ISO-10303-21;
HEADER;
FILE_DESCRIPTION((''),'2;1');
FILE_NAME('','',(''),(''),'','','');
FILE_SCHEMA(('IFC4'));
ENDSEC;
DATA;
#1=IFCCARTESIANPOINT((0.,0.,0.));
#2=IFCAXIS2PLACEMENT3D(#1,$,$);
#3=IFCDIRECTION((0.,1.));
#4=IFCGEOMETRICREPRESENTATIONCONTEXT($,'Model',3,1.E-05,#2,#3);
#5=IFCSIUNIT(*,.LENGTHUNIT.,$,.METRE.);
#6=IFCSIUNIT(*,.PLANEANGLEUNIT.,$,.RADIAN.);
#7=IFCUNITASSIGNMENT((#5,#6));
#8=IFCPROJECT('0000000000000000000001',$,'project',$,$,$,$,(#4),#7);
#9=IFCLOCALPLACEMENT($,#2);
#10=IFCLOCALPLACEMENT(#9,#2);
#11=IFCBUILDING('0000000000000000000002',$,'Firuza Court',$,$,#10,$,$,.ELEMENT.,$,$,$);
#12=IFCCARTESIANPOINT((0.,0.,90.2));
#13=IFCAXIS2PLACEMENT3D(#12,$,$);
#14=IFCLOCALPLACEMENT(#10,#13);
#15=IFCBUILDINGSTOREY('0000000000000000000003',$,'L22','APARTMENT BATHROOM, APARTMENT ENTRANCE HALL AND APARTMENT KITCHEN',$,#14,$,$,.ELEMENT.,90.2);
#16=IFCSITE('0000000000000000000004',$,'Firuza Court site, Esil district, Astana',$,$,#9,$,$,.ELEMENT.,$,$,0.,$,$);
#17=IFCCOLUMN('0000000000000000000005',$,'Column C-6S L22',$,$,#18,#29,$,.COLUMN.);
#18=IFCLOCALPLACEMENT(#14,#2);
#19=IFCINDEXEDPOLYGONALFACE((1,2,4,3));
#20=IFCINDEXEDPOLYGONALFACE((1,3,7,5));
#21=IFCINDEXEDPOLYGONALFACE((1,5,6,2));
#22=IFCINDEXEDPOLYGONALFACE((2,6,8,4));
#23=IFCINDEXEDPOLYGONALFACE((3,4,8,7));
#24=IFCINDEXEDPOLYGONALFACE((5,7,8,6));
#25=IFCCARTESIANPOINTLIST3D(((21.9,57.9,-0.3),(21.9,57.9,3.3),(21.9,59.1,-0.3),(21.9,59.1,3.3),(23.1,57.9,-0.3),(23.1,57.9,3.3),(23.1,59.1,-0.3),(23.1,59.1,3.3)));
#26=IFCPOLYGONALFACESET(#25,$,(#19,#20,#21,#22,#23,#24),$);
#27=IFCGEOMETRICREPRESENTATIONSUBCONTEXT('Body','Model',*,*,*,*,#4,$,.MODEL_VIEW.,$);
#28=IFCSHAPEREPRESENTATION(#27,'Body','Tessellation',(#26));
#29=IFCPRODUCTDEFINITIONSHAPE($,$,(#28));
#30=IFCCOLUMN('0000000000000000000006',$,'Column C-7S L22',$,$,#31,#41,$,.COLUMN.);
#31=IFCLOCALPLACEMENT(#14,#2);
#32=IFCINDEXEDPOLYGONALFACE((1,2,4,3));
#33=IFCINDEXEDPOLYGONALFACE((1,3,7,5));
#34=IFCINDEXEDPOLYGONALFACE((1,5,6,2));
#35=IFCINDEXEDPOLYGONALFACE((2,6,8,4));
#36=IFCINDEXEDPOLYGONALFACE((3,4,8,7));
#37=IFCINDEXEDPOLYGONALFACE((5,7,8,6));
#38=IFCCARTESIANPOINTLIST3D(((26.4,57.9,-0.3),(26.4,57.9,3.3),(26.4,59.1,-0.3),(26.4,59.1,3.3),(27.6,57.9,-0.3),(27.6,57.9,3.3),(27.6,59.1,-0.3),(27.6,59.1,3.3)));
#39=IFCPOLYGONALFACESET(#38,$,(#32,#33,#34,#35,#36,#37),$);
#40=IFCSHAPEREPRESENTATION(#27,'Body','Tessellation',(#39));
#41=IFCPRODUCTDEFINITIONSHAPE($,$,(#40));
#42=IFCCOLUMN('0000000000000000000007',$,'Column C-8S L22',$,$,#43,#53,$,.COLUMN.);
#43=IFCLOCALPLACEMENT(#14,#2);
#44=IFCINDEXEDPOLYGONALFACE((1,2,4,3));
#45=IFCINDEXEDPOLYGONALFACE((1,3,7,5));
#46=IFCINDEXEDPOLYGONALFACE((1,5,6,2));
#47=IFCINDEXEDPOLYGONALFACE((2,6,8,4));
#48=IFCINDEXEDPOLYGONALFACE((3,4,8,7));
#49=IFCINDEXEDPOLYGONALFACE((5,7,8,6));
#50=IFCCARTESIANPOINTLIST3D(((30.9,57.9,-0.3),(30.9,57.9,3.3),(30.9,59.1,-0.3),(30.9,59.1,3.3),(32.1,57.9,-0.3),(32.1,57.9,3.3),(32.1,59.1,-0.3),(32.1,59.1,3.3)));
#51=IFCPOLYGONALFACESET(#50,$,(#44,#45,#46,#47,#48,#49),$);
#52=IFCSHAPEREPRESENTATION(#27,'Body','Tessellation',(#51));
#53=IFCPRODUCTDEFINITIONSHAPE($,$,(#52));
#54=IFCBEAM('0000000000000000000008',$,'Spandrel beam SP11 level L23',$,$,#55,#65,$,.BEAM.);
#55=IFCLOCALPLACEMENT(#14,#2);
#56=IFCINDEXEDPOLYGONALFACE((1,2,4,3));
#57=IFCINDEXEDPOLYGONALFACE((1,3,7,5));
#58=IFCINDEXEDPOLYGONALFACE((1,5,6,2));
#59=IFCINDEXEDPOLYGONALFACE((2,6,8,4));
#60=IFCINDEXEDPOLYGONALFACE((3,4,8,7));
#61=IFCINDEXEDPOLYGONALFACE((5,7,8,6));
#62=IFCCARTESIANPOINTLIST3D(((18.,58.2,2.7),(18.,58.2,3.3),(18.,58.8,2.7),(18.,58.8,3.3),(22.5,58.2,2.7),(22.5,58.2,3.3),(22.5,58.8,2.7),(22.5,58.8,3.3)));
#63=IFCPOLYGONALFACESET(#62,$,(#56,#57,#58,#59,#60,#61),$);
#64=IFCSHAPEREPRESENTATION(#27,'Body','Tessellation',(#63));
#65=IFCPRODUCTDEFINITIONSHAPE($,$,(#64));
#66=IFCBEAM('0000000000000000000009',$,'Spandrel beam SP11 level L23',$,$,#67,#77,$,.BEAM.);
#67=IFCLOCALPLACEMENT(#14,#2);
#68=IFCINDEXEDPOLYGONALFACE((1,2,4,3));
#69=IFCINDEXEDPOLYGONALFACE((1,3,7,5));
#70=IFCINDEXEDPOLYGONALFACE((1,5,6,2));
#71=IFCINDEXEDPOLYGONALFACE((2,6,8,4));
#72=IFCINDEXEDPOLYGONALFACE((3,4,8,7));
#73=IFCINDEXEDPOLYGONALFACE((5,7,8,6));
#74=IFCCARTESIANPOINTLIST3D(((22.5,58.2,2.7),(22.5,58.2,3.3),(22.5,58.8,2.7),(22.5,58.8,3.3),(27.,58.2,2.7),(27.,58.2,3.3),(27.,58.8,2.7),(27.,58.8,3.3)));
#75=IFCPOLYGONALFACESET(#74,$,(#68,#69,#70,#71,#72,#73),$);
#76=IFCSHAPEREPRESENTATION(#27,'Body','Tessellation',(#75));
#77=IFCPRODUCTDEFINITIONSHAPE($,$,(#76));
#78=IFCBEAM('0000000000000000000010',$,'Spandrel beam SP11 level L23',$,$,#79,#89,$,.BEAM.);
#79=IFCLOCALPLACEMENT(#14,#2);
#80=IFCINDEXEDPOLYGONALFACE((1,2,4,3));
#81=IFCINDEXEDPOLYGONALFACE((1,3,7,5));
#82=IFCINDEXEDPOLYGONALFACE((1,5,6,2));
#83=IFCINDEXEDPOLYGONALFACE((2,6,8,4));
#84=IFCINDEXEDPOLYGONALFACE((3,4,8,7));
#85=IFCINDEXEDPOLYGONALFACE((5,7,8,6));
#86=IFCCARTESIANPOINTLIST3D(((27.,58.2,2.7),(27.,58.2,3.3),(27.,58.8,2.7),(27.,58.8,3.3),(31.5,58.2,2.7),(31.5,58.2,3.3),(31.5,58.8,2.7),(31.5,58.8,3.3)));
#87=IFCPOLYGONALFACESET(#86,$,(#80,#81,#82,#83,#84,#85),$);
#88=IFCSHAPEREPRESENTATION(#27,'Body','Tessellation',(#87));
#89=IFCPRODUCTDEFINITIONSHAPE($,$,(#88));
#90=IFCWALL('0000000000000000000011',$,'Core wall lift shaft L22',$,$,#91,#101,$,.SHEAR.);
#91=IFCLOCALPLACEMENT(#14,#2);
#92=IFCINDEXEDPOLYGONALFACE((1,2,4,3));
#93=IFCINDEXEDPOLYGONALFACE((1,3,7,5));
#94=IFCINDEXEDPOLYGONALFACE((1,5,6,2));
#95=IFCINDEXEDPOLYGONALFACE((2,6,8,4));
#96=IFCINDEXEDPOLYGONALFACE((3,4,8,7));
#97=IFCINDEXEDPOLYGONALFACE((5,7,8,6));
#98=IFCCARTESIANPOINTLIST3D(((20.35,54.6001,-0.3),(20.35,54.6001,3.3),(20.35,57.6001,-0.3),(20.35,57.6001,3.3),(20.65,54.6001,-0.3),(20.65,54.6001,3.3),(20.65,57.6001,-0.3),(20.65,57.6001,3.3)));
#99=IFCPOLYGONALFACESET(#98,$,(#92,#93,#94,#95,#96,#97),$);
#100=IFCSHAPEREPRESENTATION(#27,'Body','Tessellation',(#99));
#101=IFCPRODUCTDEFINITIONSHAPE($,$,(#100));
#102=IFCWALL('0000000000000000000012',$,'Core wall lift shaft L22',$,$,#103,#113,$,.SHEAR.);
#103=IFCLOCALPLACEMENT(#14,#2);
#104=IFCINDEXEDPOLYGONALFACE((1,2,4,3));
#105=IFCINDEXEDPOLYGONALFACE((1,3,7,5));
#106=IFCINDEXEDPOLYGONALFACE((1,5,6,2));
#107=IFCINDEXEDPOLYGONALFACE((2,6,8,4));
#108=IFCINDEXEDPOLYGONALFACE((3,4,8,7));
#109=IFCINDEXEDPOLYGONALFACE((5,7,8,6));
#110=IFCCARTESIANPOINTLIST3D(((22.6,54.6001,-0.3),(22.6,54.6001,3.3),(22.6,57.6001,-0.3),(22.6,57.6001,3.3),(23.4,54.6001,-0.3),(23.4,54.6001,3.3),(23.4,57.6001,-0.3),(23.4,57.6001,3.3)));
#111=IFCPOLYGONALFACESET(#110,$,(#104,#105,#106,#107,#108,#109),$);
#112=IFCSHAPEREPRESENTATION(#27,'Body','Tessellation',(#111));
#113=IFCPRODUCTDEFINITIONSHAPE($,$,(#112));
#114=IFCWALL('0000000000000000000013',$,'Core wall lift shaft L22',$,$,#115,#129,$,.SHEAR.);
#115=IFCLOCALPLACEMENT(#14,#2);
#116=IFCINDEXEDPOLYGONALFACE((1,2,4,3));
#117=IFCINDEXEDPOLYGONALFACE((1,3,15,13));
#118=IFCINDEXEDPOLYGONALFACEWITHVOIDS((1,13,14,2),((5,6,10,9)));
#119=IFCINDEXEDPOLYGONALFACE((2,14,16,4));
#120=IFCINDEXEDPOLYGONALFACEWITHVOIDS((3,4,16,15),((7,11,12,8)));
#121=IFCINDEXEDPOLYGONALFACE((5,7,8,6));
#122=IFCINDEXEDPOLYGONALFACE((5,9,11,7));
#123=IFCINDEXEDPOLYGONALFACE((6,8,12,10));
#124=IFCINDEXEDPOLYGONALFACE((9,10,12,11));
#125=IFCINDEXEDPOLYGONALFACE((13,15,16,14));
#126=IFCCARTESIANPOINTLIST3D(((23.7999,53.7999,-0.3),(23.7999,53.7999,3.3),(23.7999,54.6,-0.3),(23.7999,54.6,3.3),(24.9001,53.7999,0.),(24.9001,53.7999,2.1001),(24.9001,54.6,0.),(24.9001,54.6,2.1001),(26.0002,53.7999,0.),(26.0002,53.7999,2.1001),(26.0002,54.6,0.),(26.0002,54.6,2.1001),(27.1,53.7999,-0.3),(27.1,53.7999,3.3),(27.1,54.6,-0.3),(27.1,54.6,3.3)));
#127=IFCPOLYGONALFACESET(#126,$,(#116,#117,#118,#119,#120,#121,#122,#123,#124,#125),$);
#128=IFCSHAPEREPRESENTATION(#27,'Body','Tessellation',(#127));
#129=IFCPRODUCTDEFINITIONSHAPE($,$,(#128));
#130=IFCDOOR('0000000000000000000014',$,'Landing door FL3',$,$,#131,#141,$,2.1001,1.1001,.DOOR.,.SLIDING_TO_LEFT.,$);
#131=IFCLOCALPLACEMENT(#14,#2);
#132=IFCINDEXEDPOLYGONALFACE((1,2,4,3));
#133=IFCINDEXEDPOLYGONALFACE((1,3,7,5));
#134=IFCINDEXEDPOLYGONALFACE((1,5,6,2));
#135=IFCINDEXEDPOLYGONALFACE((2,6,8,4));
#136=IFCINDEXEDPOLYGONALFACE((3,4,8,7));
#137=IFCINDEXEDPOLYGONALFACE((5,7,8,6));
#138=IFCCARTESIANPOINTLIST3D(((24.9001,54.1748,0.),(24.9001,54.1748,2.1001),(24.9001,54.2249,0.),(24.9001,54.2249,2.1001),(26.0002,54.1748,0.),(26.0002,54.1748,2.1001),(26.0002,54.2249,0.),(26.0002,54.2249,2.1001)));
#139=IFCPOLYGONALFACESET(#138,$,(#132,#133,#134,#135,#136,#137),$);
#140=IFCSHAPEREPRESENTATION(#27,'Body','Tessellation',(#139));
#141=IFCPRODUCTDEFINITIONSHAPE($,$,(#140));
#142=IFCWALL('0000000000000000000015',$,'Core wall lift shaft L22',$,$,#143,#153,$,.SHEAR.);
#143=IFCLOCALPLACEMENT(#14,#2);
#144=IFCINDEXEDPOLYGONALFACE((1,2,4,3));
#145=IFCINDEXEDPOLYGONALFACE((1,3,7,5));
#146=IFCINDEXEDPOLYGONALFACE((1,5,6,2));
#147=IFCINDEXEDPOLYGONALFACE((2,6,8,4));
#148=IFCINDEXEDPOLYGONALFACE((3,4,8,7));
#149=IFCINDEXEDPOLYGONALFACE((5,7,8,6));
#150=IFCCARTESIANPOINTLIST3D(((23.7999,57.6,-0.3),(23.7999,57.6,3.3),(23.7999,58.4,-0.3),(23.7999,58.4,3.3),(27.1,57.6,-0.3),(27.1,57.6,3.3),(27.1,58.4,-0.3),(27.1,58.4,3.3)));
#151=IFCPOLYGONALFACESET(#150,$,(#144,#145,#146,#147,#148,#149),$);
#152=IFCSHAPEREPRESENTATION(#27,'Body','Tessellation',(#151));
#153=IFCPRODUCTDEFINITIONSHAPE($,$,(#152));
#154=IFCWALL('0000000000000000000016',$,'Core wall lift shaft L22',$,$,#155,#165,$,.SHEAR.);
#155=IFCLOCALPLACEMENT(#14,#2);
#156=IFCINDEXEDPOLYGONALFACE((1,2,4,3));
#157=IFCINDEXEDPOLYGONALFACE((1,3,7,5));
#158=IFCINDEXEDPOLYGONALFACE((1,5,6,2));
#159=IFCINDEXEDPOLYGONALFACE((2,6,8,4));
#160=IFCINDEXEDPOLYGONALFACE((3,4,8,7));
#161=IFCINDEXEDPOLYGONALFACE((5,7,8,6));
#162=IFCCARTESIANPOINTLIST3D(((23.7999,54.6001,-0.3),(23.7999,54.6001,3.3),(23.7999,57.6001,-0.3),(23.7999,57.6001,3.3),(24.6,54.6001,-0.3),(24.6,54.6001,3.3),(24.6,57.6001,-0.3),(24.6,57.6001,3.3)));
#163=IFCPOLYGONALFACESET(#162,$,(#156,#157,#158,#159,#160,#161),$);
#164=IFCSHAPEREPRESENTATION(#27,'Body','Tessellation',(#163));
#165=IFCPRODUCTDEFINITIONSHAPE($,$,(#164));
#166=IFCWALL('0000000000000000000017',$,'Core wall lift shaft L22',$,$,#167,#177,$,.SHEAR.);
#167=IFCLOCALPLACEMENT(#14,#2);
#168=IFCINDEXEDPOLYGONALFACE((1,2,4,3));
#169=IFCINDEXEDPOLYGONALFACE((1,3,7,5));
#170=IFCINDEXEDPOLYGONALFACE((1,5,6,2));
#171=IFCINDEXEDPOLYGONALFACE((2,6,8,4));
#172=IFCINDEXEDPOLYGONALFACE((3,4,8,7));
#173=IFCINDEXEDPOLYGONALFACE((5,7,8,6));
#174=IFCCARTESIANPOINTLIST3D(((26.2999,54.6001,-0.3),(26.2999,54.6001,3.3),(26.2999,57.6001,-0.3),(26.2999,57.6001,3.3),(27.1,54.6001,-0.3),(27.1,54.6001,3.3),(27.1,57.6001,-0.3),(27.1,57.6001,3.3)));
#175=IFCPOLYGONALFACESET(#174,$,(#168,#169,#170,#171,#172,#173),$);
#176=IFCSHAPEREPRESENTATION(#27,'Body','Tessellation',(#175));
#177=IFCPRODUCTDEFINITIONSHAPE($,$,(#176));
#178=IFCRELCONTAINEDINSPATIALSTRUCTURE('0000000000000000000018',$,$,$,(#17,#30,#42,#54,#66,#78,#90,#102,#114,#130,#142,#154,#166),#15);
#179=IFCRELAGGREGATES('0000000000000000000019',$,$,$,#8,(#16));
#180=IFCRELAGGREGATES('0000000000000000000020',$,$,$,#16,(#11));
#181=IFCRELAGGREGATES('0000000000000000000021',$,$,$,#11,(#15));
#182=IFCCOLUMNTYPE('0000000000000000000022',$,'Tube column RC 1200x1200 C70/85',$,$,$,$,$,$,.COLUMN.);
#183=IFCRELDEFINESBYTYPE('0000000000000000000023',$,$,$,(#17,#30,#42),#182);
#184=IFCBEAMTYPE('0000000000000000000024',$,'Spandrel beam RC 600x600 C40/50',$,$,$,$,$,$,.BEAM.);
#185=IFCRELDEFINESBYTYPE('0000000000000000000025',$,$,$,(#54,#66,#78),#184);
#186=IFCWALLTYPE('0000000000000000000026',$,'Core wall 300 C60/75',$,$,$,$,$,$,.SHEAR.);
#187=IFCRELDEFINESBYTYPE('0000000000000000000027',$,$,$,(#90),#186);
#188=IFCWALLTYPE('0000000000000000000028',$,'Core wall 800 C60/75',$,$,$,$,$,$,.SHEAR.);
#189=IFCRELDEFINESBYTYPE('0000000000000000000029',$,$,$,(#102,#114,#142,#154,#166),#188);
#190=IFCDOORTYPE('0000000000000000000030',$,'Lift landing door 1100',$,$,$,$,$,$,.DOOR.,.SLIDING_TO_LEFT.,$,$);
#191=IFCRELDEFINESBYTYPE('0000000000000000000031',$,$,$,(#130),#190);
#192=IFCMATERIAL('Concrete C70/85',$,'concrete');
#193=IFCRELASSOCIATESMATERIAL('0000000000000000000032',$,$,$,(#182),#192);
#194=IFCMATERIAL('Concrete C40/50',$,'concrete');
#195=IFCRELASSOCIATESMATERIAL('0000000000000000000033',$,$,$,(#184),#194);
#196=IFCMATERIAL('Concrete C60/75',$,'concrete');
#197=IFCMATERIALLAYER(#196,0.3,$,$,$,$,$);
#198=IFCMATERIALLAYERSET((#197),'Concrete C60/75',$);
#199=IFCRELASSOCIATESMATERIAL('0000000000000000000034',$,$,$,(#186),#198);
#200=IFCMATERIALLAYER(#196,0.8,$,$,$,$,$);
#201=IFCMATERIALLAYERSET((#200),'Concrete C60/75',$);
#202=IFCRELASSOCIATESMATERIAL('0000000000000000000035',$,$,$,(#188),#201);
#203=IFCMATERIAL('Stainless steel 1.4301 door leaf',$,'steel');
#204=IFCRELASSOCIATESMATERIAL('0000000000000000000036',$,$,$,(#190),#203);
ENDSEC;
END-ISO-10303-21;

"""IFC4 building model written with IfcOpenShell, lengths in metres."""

from ifc_helpers import new_model, si_unit, direction, frame, frame_2d, origin, origin_2d, place, context, subcontext, project, spatial, rectangle, extrude, material, layer, layer_set, material_profile, profile_set, type_object, element, fill, save


model = new_model("IFC4")

# Units and contexts
model_context = context("Model", 3, precision=1e-05, world=origin(), true_north=direction((0.0, 1.0)))
body_context = subcontext(model_context, "Body", "Model", "MODEL_VIEW")
ifc_project = project(units=[si_unit("LENGTHUNIT", "METRE"), si_unit("PLANEANGLEUNIT", "RADIAN")], contexts=[model_context])

# Site, building, storey
site_placement = place(None, origin())
site = spatial("IfcSite", under=ifc_project, at=site_placement, Name="Firuza Court site, Esil district, Astana", CompositionType="ELEMENT", RefElevation=0.0)
building_placement = place(site_placement, origin())
building = spatial("IfcBuilding", under=site, at=building_placement, Name="Firuza Court", CompositionType="ELEMENT")
storey_placement = place(building_placement, frame((0.0, 0.0, 90.2)))
storey = spatial("IfcBuildingStorey", under=building, at=storey_placement, Name="L22", Description="APARTMENT BATHROOM, APARTMENT ENTRANCE HALL AND APARTMENT KITCHEN", CompositionType="ELEMENT", Elevation=90.2)

# Columns
ifc_material_1 = material(Name="Concrete C70/85", Category="concrete")
ifc_material_profile_1 = material_profile(ifc_material_1, rectangle(XDim=1.2, YDim=1.2, at=origin_2d()), Name="RC 1200x1200")
ifc_profile_set_1 = profile_set([ifc_material_profile_1], Name="Concrete C70/85")
column_type = type_object("IfcColumnType", Name="Tube column RC 1200x1200 C70/85", PredefinedType="COLUMN", material=ifc_profile_set_1)
for number, where, z_axis, x_axis, name in (
    (1, (22.5, 58.5, -0.3), (0.0, 0.0, 1.0), (1.0, 0.0, 0.0), "Column C-6S L22"),
    (2, (27.0, 58.5, -0.3), (0.0, 0.0, 1.0), (1.0, 0.0, 0.0), "Column C-7S L22"),
    (3, (31.5, 58.5, -0.3), (0.0, 0.0, 1.0), (1.0, 0.0, 0.0), "Column C-8S L22"),
):
    element("IfcColumn", number, at=place(storey_placement, frame(where, z_axis=z_axis, x_axis=x_axis)), inside=storey, type_object=column_type, Name=name, PredefinedType="COLUMN", context=body_context, shape_type="SweptSolid", body=[
        extrude(rectangle(XDim=1.2, YDim=1.2, at=origin_2d()), origin(), (0.0, 0.0, 1.0), 3.6001),
    ])

# Beams
ifc_material_2 = material(Name="Concrete C40/50", Category="concrete")
ifc_material_profile_2 = material_profile(ifc_material_2, rectangle(XDim=0.6001, YDim=0.6001, at=origin_2d()), Name="RC 600x600")
ifc_profile_set_2 = profile_set([ifc_material_profile_2], Name="Concrete C40/50")
beam_type = type_object("IfcBeamType", Name="Spandrel beam RC 600x600 C40/50", PredefinedType="BEAM", material=ifc_profile_set_2)
for number, where, z_axis, x_axis, name in (
    (4, (22.5, 58.5, 3.0), (-1.0, 0.0, 0.0), (0.0, -1.0, 0.0), "Spandrel beam SP11 level L23"),
    (5, (27.0, 58.5, 3.0), (-1.0, 0.0, 0.0), (0.0, -1.0, 0.0), "Spandrel beam SP11 level L23"),
    (6, (31.5, 58.5, 3.0), (-1.0, 0.0, 0.0), (0.0, -1.0, 0.0), "Spandrel beam SP11 level L23"),
):
    element("IfcBeam", number, at=place(storey_placement, frame(where, z_axis=z_axis, x_axis=x_axis)), inside=storey, type_object=beam_type, Name=name, PredefinedType="BEAM", context=body_context, shape_type="SweptSolid", body=[
        extrude(rectangle(XDim=0.6001, YDim=0.6001, at=origin_2d()), origin(), (0.0, 0.0, 1.0), 4.5),
    ])

# Walls
ifc_material_3 = material(Name="Concrete C60/75", Category="concrete")
ifc_layer_1 = layer(ifc_material_3, 0.3)
ifc_layer_set_1 = layer_set([ifc_layer_1], Name="Concrete C60/75")
wall_type_1 = type_object("IfcWallType", Name="Core wall 300 C60/75", PredefinedType="SHEAR", material=ifc_layer_set_1)
wall_1_placement = place(storey_placement, frame((20.5, 54.6001, -0.3), z_axis=(0.0, 0.0, 1.0), x_axis=(0.0, 1.0, 0.0)))
element("IfcWall", 7, at=wall_1_placement, inside=storey, type_object=wall_type_1, Name="Core wall lift shaft L22", PredefinedType="SHEAR", context=body_context, shape_type="SweptSolid", body=[
    extrude(rectangle(XDim=3.0, YDim=0.3, at=frame_2d((1.5, 0.0))), origin(), (0.0, 0.0, 1.0), 3.6001),
])
ifc_layer_2 = layer(ifc_material_3, 0.8)
ifc_layer_set_2 = layer_set([ifc_layer_2], Name="Concrete C60/75")
wall_type_2 = type_object("IfcWallType", Name="Core wall 800 C60/75", PredefinedType="SHEAR", material=ifc_layer_set_2)
wall_2_placement = place(storey_placement, frame((23.0, 54.6001, -0.3), z_axis=(0.0, 0.0, 1.0), x_axis=(0.0, 1.0, 0.0)))
element("IfcWall", 8, at=wall_2_placement, inside=storey, type_object=wall_type_2, Name="Core wall lift shaft L22", PredefinedType="SHEAR", context=body_context, shape_type="SweptSolid", body=[
    extrude(rectangle(XDim=3.0, YDim=0.8, at=frame_2d((1.5, 0.0))), origin(), (0.0, 0.0, 1.0), 3.6001),
])

# Wall, opening, door
wall_3_placement = place(storey_placement, frame((23.8, 54.2, -0.3), z_axis=(0.0, 0.0, 1.0), x_axis=(1.0, 0.0, 0.0)))
wall_3 = element("IfcWall", 9, at=wall_3_placement, inside=storey, type_object=wall_type_2, Name="Core wall lift shaft L22", PredefinedType="SHEAR", context=body_context, shape_type="SweptSolid", body=[
    extrude(rectangle(XDim=3.3, YDim=0.8, at=frame_2d((1.6499, 0.0))), origin(), (0.0, 0.0, 1.0), 3.6001),
])
opening_1_placement = place(wall_3_placement, frame((1.1001, 0.0, 0.3)))
opening_1 = element("IfcOpeningElement", 10, at=opening_1_placement, cuts=wall_3, PredefinedType="OPENING", context=body_context, shape_type="SweptSolid", body=[
    extrude(rectangle(XDim=1.1001, YDim=2.1001, at=frame_2d((0.55, 1.05))), frame((0.0, 0.4121, 0.0), z_axis=(0.0, -1.0, 0.0), x_axis=(1.0, 0.0, 0.0)), (0.0, 0.0, 1.0), 0.824),
])
ifc_material_4 = material(Name="Stainless steel 1.4301 door leaf", Category="steel")
door_type_1 = type_object("IfcDoorType", Name="Lift landing door 1100", OperationType="SLIDING_TO_LEFT", PredefinedType="DOOR", material=ifc_material_4)
door_1_placement = place(opening_1_placement, origin())
door_1 = element("IfcDoor", 11, at=door_1_placement, inside=storey, type_object=door_type_1, Name="Landing door FL3", OperationType="SLIDING_TO_LEFT", OverallHeight=2.1001, OverallWidth=1.1001, PredefinedType="DOOR", context=body_context, shape_type="SweptSolid", body=[
    extrude(rectangle(XDim=1.1001, YDim=2.1001, at=frame_2d((0.55, 1.05))), frame((0.0, 0.0249, 0.0), z_axis=(0.0, -1.0, 0.0), x_axis=(1.0, 0.0, 0.0)), (0.0, 0.0, 1.0), 0.05),
])
fill(opening_1, door_1)

# Walls
wall_4_placement = place(storey_placement, frame((23.8, 58.0, -0.3), z_axis=(0.0, 0.0, 1.0), x_axis=(1.0, 0.0, 0.0)))
element("IfcWall", 12, at=wall_4_placement, inside=storey, type_object=wall_type_2, Name="Core wall lift shaft L22", PredefinedType="SHEAR", context=body_context, shape_type="SweptSolid", body=[
    extrude(rectangle(XDim=3.3, YDim=0.8, at=frame_2d((1.6499, 0.0))), origin(), (0.0, 0.0, 1.0), 3.6001),
])
for number, where, z_axis, x_axis, name in (
    (13, (24.2, 54.6001, -0.3), (0.0, 0.0, 1.0), (0.0, 1.0, 0.0), "Core wall lift shaft L22"),
    (14, (26.7, 54.6001, -0.3), (0.0, 0.0, 1.0), (0.0, 1.0, 0.0), "Core wall lift shaft L22"),
):
    element("IfcWall", number, at=place(storey_placement, frame(where, z_axis=z_axis, x_axis=x_axis)), inside=storey, type_object=wall_type_2, Name=name, PredefinedType="SHEAR", context=body_context, shape_type="SweptSolid", body=[
        extrude(rectangle(XDim=3.0, YDim=0.8, at=frame_2d((1.5, 0.0))), origin(), (0.0, 0.0, 1.0), 3.6001),
    ])

save(model, "model.ifc")
